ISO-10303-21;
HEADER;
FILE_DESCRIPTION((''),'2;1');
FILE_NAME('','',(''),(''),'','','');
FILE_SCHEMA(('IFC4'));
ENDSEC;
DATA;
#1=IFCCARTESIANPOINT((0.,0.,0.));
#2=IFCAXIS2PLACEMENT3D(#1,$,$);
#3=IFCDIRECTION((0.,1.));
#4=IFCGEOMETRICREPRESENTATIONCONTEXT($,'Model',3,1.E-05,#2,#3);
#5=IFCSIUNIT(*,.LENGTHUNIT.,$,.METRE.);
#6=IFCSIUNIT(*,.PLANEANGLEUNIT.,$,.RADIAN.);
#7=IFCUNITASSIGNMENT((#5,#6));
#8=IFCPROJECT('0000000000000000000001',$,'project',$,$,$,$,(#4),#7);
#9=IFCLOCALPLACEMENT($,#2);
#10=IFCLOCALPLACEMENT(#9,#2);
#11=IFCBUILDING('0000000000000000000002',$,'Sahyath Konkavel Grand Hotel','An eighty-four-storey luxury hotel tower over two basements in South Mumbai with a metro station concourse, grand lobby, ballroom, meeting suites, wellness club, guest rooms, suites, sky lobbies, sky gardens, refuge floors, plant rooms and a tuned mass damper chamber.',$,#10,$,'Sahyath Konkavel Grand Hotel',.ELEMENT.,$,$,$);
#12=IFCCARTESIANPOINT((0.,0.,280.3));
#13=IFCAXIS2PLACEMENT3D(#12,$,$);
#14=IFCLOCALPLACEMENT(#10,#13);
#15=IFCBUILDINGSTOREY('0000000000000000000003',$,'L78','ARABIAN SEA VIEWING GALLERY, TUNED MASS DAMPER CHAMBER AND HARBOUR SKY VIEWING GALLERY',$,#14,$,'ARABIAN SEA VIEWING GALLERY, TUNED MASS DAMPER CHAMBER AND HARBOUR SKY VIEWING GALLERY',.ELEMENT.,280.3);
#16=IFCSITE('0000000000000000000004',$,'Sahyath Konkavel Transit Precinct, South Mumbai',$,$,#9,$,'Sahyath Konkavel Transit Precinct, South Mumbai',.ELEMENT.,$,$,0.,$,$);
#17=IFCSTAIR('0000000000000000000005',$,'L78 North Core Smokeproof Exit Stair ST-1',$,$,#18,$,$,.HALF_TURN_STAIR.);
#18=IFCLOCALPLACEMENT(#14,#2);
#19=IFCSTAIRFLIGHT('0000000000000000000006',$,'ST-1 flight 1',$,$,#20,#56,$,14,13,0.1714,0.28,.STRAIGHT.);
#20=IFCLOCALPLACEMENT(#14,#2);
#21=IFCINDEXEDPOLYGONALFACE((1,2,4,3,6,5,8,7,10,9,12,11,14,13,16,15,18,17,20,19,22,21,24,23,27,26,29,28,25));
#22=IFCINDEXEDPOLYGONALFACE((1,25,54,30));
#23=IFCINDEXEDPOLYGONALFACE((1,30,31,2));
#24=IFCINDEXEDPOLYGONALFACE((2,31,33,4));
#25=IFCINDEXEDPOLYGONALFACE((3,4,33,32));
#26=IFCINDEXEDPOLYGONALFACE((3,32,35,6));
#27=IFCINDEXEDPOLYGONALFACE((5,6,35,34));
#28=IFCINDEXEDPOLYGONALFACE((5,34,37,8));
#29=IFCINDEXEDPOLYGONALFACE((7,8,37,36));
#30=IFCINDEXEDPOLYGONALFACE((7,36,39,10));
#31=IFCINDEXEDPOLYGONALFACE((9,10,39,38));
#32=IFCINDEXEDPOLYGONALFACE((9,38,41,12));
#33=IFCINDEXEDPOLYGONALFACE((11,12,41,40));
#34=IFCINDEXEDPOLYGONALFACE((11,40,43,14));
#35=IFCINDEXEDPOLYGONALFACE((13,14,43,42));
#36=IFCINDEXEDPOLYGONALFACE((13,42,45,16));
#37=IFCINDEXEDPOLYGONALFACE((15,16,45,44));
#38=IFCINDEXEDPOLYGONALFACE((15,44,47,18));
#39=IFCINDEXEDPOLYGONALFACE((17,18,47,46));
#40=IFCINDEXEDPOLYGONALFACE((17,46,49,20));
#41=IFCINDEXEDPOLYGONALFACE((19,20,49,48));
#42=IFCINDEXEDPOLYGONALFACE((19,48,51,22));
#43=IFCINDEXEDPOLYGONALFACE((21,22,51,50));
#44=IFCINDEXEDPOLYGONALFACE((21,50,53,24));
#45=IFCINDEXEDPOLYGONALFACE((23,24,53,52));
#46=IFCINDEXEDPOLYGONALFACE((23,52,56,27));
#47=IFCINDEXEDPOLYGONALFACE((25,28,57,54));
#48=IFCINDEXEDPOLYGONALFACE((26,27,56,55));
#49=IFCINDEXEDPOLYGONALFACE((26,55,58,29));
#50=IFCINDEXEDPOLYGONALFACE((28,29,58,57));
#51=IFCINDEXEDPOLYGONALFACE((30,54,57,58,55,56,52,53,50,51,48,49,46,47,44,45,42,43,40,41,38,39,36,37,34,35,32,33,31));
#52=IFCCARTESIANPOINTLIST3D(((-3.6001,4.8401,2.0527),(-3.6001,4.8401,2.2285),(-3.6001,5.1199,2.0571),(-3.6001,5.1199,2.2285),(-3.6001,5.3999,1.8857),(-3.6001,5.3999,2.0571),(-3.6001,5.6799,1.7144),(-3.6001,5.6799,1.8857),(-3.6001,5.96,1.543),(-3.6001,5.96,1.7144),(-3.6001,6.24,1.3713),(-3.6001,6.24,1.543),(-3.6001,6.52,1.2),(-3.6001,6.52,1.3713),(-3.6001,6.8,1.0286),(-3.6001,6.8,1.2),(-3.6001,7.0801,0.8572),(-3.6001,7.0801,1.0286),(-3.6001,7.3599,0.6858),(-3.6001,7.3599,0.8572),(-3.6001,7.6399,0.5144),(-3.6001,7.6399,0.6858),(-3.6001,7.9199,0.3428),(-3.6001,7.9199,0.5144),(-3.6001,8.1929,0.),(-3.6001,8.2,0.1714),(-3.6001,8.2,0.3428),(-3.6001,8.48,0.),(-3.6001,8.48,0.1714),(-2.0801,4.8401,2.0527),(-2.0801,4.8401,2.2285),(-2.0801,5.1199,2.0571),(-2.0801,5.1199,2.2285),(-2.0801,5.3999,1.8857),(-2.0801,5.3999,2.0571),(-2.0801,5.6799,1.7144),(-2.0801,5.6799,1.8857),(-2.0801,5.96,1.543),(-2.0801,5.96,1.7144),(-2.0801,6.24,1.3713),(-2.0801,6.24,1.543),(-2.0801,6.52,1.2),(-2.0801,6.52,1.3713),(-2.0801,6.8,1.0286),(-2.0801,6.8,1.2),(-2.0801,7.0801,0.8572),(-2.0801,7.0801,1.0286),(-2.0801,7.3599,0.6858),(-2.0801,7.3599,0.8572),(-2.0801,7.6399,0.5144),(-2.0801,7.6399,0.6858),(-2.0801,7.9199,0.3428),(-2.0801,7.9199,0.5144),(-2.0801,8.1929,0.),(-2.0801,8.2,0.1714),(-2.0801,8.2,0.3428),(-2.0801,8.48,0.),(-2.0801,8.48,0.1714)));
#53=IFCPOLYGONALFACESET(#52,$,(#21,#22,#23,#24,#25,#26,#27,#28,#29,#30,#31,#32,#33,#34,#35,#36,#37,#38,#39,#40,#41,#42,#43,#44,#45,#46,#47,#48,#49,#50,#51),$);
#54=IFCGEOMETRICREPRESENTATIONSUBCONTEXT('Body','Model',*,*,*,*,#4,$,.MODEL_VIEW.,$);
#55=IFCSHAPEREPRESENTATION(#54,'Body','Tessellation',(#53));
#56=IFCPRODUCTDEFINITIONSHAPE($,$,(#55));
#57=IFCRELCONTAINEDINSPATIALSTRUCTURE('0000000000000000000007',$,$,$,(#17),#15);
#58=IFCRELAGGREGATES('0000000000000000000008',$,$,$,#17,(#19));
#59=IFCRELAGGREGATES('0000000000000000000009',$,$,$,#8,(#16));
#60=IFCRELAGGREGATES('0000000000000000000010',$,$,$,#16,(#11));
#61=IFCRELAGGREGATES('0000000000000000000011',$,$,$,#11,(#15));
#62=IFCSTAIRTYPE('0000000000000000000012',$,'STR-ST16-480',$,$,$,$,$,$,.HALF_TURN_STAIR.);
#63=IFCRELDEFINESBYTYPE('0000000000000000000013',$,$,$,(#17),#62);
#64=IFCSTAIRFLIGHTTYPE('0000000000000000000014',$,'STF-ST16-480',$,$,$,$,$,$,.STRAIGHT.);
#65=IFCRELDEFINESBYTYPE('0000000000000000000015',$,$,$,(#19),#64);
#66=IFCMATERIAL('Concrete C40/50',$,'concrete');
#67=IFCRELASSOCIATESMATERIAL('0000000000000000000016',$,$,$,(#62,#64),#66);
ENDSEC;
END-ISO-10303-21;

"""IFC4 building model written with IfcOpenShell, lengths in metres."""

from ifc_helpers import new_model, si_unit, direction, frame, origin, place, context, subcontext, project, spatial, polyline, outline, extrude, material, type_object, element, aggregate, save


model = new_model("IFC4")

# Units and contexts
model_context = context("Model", 3, precision=1e-05, world=origin(), true_north=direction((0.0, 1.0)))
body_context = subcontext(model_context, "Body", "Model", "MODEL_VIEW")
ifc_project = project(units=[si_unit("LENGTHUNIT", "METRE"), si_unit("PLANEANGLEUNIT", "RADIAN")], contexts=[model_context])

# Site, building, storey
site_placement = place(None, origin())
site = spatial("IfcSite", under=ifc_project, at=site_placement, Name="Sahyath Konkavel Transit Precinct, South Mumbai", LongName="Sahyath Konkavel Transit Precinct, South Mumbai", CompositionType="ELEMENT", RefElevation=0.0)
building_placement = place(site_placement, origin())
building = spatial("IfcBuilding", under=site, at=building_placement, Name="Sahyath Konkavel Grand Hotel", Description="An eighty-four-storey luxury hotel tower over two basements in South Mumbai with a metro station concourse, grand lobby, ballroom, meeting suites, wellness club, guest rooms, suites, sky lobbies, sky gardens, refuge floors, plant rooms and a tuned mass damper chamber.", LongName="Sahyath Konkavel Grand Hotel", CompositionType="ELEMENT")
storey_placement = place(building_placement, frame((0.0, 0.0, 280.3)))
storey = spatial("IfcBuildingStorey", under=building, at=storey_placement, Name="L78", Description="ARABIAN SEA VIEWING GALLERY, TUNED MASS DAMPER CHAMBER AND HARBOUR SKY VIEWING GALLERY", LongName="ARABIAN SEA VIEWING GALLERY, TUNED MASS DAMPER CHAMBER AND HARBOUR SKY VIEWING GALLERY", CompositionType="ELEMENT", Elevation=280.3)

# Shared definitions
ifc_material_1 = material(Name="Concrete C40/50", Category="concrete")

# Stair, stair flight
stair_type = type_object("IfcStairType", Name="STR-ST16-480", PredefinedType="HALF_TURN_STAIR", material=ifc_material_1)
stair_placement = place(storey_placement, origin())
stair = element("IfcStair", 1, at=stair_placement, inside=storey, type_object=stair_type, Name="L78 North Core Smokeproof Exit Stair ST-1", PredefinedType="HALF_TURN_STAIR")
stair_flight_type = type_object("IfcStairFlightType", Name="STF-ST16-480", PredefinedType="STRAIGHT", material=ifc_material_1)
stair_flight_placement = place(storey_placement, frame((-2.8401, 8.48, 0.0), z_axis=(0.0, 0.0, 1.0), x_axis=(0.0, -1.0, 0.0)))
stair_flight = element("IfcStairFlight", 2, at=stair_flight_placement, type_object=stair_flight_type, Name="ST-1 flight 1", NumberOfRisers=14, NumberOfTreads=13, PredefinedType="STRAIGHT", RiserHeight=0.1714, TreadLength=0.28, context=body_context, shape_type="SweptSolid", body=[
    extrude(outline(polyline([(0.0, 0.0), (0.0, 0.1714), (0.28, 0.1714), (0.28, 0.3428), (0.5601, 0.3428), (0.5601, 0.5144), (0.8401, 0.5144), (0.8401, 0.6858), (1.1201, 0.6858), (1.1201, 0.8572), (1.3999, 0.8572), (1.3999, 1.0286), (1.6799, 1.0286), (1.6799, 1.2), (1.96, 1.2), (1.96, 1.3713), (2.24, 1.3713), (2.24, 1.543), (2.52, 1.543), (2.52, 1.7144), (2.8, 1.7144), (2.8, 1.8857), (3.0801, 1.8857), (3.0801, 2.0571), (3.3601, 2.0571), (3.3601, 2.2285), (3.6399, 2.2285), (3.6399, 2.3999), (3.6399, 2.0527), (0.2871, 0.0), (0.0, 0.0)])), frame((0.0, 0.76, 0.0), z_axis=(0.0, -1.0, 0.0), x_axis=(1.0, 0.0, 0.0)), (0.0, 0.0, 1.0), 1.52),
])
aggregate(stair, [stair_flight])

save(model, "model.ifc")
